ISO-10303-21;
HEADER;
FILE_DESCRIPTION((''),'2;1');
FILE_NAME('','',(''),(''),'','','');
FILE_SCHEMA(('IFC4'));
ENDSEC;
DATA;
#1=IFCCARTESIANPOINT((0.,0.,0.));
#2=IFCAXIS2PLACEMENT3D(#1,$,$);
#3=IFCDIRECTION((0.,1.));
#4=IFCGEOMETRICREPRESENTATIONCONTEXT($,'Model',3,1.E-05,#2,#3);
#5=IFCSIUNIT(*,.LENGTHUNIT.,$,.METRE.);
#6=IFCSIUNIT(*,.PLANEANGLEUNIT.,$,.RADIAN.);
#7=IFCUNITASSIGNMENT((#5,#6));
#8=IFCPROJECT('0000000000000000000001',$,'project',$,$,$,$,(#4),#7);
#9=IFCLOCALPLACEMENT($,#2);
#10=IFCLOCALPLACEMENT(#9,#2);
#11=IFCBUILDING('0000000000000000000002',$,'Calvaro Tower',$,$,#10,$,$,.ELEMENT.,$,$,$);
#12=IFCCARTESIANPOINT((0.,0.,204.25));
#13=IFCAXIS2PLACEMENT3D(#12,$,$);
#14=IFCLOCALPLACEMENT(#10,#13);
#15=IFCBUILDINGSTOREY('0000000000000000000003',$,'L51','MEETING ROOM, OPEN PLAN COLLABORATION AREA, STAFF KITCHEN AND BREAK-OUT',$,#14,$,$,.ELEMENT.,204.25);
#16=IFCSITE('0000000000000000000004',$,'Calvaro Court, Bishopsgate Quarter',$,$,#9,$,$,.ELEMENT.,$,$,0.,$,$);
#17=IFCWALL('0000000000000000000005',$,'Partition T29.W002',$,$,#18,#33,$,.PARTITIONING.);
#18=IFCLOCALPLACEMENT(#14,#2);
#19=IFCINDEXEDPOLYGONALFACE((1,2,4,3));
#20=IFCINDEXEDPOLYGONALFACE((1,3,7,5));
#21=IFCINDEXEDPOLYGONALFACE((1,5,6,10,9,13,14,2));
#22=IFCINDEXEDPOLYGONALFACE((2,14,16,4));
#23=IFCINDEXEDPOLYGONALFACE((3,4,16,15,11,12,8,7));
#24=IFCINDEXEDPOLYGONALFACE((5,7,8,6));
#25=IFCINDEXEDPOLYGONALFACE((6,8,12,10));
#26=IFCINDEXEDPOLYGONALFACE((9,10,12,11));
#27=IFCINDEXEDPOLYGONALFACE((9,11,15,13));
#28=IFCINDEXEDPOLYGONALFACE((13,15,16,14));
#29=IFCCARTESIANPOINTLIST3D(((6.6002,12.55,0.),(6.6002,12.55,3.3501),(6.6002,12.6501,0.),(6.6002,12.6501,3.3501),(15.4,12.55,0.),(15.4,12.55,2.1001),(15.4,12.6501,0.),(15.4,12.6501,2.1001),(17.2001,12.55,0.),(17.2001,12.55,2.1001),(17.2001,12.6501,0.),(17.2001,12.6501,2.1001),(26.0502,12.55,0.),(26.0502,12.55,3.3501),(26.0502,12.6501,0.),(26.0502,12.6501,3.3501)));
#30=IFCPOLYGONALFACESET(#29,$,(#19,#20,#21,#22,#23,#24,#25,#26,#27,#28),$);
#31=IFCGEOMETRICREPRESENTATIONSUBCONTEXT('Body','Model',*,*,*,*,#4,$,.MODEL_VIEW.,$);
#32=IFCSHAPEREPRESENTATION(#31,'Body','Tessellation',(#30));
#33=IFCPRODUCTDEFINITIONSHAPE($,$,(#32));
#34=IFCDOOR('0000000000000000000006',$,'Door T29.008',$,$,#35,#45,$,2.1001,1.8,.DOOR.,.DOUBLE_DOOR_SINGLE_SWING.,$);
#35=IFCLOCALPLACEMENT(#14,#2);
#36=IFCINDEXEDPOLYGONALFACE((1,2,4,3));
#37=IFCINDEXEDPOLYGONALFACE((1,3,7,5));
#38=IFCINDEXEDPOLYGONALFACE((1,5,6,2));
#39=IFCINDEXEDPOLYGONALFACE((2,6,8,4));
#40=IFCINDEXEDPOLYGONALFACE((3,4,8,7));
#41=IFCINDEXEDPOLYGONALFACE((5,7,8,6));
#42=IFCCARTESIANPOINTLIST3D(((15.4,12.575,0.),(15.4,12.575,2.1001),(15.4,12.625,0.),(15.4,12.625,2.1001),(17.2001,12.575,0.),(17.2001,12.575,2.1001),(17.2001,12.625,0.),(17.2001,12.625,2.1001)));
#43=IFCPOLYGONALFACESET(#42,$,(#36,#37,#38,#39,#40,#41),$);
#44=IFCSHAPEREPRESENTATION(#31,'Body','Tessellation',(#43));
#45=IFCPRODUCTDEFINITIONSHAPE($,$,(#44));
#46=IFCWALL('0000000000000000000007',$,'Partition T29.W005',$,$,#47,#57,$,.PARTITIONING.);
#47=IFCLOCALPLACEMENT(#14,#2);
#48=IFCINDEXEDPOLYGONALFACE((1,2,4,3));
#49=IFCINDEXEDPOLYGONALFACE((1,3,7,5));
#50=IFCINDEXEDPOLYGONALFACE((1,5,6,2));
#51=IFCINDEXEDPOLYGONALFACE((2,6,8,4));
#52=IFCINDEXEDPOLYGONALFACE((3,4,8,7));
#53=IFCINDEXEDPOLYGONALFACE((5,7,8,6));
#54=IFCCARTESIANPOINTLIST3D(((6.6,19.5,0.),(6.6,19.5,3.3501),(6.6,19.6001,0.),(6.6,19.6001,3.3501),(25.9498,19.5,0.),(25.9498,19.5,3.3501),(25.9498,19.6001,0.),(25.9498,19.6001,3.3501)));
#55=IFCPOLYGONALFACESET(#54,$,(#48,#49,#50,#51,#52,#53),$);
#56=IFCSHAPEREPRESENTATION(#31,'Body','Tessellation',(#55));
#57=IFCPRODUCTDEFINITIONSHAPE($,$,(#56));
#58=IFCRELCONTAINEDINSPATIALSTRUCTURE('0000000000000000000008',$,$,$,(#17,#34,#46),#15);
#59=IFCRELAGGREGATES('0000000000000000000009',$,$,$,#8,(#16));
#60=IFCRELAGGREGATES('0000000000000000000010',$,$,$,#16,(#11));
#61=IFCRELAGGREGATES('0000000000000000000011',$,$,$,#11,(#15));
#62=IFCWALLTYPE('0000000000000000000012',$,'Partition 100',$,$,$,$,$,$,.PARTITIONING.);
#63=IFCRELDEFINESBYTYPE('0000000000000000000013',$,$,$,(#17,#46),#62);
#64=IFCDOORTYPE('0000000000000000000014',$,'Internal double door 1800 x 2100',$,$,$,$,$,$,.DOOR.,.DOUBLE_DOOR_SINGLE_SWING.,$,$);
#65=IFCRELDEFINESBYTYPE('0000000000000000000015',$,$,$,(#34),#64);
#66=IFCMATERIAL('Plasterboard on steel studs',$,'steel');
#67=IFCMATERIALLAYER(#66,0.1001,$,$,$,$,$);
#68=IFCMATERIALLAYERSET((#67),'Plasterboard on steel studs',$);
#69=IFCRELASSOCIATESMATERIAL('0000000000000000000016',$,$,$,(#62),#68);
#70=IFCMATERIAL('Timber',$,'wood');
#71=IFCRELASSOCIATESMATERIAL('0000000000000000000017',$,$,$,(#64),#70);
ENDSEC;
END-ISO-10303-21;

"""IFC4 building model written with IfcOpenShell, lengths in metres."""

from ifc_helpers import new_model, si_unit, direction, frame, frame_2d, origin, place, context, subcontext, project, spatial, rectangle, extrude, material, layer, layer_set, type_object, element, fill, save


model = new_model("IFC4")

# Units and contexts
model_context = context("Model", 3, precision=1e-05, world=origin(), true_north=direction((0.0, 1.0)))
body_context = subcontext(model_context, "Body", "Model", "MODEL_VIEW")
ifc_project = project(units=[si_unit("LENGTHUNIT", "METRE"), si_unit("PLANEANGLEUNIT", "RADIAN")], contexts=[model_context])

# Site, building, storey
site_placement = place(None, origin())
site = spatial("IfcSite", under=ifc_project, at=site_placement, Name="Calvaro Court, Bishopsgate Quarter", CompositionType="ELEMENT", RefElevation=0.0)
building_placement = place(site_placement, origin())
building = spatial("IfcBuilding", under=site, at=building_placement, Name="Calvaro Tower", CompositionType="ELEMENT")
storey_placement = place(building_placement, frame((0.0, 0.0, 204.25)))
storey = spatial("IfcBuildingStorey", under=building, at=storey_placement, Name="L51", Description="MEETING ROOM, OPEN PLAN COLLABORATION AREA, STAFF KITCHEN AND BREAK-OUT", CompositionType="ELEMENT", Elevation=204.25)

# Wall, opening, door
ifc_material_1 = material(Name="Plasterboard on steel studs", Category="steel")
ifc_layer = layer(ifc_material_1, 0.1001)
ifc_layer_set = layer_set([ifc_layer], Name="Plasterboard on steel studs")
wall_type = type_object("IfcWallType", Name="Partition 100", PredefinedType="PARTITIONING", material=ifc_layer_set)
wall_1_placement = place(storey_placement, frame((6.6001, 12.6001, 0.0), z_axis=(0.0, 0.0, 1.0), x_axis=(1.0, 0.0, 0.0)))
wall_1 = element("IfcWall", 1, at=wall_1_placement, inside=storey, type_object=wall_type, Name="Partition T29.W002", PredefinedType="PARTITIONING", context=body_context, shape_type="SweptSolid", body=[
    extrude(rectangle(XDim=19.45, YDim=0.1001, at=frame_2d((9.7251, 0.0))), origin(), (0.0, 0.0, 1.0), 3.3501),
])
opening_placement = place(wall_1_placement, frame((8.8, 0.0, 0.0)))
opening = element("IfcOpeningElement", 2, at=opening_placement, cuts=wall_1, PredefinedType="OPENING", context=body_context, shape_type="SweptSolid", body=[
    extrude(rectangle(XDim=1.8, YDim=2.1001, at=frame_2d((0.8999, 1.05))), frame((0.0, 0.0601, 0.0), z_axis=(0.0, -1.0, 0.0), x_axis=(1.0, 0.0, 0.0)), (0.0, 0.0, 1.0), 0.1201),
])
ifc_material_2 = material(Name="Timber", Category="wood")
door_type = type_object("IfcDoorType", Name="Internal double door 1800 x 2100", OperationType="DOUBLE_DOOR_SINGLE_SWING", PredefinedType="DOOR", material=ifc_material_2)
door_placement = place(opening_placement, origin())
door = element("IfcDoor", 3, at=door_placement, inside=storey, type_object=door_type, Name="Door T29.008", OperationType="DOUBLE_DOOR_SINGLE_SWING", OverallHeight=2.1001, OverallWidth=1.8, PredefinedType="DOOR", context=body_context, shape_type="SweptSolid", body=[
    extrude(rectangle(XDim=1.8, YDim=2.1001, at=frame_2d((0.8999, 1.05))), frame((0.0, 0.0249, 0.0), z_axis=(0.0, -1.0, 0.0), x_axis=(1.0, 0.0, 0.0)), (0.0, 0.0, 1.0), 0.05),
])
fill(opening, door)

# Wall
wall_2_placement = place(storey_placement, frame((6.6001, 19.55, 0.0), z_axis=(0.0, 0.0, 1.0), x_axis=(1.0, 0.0, 0.0)))
element("IfcWall", 4, at=wall_2_placement, inside=storey, type_object=wall_type, Name="Partition T29.W005", PredefinedType="PARTITIONING", context=body_context, shape_type="SweptSolid", body=[
    extrude(rectangle(XDim=19.3499, YDim=0.1001, at=frame_2d((9.6748, 0.0))), origin(), (0.0, 0.0, 1.0), 3.3501),
])

save(model, "model.ifc")
